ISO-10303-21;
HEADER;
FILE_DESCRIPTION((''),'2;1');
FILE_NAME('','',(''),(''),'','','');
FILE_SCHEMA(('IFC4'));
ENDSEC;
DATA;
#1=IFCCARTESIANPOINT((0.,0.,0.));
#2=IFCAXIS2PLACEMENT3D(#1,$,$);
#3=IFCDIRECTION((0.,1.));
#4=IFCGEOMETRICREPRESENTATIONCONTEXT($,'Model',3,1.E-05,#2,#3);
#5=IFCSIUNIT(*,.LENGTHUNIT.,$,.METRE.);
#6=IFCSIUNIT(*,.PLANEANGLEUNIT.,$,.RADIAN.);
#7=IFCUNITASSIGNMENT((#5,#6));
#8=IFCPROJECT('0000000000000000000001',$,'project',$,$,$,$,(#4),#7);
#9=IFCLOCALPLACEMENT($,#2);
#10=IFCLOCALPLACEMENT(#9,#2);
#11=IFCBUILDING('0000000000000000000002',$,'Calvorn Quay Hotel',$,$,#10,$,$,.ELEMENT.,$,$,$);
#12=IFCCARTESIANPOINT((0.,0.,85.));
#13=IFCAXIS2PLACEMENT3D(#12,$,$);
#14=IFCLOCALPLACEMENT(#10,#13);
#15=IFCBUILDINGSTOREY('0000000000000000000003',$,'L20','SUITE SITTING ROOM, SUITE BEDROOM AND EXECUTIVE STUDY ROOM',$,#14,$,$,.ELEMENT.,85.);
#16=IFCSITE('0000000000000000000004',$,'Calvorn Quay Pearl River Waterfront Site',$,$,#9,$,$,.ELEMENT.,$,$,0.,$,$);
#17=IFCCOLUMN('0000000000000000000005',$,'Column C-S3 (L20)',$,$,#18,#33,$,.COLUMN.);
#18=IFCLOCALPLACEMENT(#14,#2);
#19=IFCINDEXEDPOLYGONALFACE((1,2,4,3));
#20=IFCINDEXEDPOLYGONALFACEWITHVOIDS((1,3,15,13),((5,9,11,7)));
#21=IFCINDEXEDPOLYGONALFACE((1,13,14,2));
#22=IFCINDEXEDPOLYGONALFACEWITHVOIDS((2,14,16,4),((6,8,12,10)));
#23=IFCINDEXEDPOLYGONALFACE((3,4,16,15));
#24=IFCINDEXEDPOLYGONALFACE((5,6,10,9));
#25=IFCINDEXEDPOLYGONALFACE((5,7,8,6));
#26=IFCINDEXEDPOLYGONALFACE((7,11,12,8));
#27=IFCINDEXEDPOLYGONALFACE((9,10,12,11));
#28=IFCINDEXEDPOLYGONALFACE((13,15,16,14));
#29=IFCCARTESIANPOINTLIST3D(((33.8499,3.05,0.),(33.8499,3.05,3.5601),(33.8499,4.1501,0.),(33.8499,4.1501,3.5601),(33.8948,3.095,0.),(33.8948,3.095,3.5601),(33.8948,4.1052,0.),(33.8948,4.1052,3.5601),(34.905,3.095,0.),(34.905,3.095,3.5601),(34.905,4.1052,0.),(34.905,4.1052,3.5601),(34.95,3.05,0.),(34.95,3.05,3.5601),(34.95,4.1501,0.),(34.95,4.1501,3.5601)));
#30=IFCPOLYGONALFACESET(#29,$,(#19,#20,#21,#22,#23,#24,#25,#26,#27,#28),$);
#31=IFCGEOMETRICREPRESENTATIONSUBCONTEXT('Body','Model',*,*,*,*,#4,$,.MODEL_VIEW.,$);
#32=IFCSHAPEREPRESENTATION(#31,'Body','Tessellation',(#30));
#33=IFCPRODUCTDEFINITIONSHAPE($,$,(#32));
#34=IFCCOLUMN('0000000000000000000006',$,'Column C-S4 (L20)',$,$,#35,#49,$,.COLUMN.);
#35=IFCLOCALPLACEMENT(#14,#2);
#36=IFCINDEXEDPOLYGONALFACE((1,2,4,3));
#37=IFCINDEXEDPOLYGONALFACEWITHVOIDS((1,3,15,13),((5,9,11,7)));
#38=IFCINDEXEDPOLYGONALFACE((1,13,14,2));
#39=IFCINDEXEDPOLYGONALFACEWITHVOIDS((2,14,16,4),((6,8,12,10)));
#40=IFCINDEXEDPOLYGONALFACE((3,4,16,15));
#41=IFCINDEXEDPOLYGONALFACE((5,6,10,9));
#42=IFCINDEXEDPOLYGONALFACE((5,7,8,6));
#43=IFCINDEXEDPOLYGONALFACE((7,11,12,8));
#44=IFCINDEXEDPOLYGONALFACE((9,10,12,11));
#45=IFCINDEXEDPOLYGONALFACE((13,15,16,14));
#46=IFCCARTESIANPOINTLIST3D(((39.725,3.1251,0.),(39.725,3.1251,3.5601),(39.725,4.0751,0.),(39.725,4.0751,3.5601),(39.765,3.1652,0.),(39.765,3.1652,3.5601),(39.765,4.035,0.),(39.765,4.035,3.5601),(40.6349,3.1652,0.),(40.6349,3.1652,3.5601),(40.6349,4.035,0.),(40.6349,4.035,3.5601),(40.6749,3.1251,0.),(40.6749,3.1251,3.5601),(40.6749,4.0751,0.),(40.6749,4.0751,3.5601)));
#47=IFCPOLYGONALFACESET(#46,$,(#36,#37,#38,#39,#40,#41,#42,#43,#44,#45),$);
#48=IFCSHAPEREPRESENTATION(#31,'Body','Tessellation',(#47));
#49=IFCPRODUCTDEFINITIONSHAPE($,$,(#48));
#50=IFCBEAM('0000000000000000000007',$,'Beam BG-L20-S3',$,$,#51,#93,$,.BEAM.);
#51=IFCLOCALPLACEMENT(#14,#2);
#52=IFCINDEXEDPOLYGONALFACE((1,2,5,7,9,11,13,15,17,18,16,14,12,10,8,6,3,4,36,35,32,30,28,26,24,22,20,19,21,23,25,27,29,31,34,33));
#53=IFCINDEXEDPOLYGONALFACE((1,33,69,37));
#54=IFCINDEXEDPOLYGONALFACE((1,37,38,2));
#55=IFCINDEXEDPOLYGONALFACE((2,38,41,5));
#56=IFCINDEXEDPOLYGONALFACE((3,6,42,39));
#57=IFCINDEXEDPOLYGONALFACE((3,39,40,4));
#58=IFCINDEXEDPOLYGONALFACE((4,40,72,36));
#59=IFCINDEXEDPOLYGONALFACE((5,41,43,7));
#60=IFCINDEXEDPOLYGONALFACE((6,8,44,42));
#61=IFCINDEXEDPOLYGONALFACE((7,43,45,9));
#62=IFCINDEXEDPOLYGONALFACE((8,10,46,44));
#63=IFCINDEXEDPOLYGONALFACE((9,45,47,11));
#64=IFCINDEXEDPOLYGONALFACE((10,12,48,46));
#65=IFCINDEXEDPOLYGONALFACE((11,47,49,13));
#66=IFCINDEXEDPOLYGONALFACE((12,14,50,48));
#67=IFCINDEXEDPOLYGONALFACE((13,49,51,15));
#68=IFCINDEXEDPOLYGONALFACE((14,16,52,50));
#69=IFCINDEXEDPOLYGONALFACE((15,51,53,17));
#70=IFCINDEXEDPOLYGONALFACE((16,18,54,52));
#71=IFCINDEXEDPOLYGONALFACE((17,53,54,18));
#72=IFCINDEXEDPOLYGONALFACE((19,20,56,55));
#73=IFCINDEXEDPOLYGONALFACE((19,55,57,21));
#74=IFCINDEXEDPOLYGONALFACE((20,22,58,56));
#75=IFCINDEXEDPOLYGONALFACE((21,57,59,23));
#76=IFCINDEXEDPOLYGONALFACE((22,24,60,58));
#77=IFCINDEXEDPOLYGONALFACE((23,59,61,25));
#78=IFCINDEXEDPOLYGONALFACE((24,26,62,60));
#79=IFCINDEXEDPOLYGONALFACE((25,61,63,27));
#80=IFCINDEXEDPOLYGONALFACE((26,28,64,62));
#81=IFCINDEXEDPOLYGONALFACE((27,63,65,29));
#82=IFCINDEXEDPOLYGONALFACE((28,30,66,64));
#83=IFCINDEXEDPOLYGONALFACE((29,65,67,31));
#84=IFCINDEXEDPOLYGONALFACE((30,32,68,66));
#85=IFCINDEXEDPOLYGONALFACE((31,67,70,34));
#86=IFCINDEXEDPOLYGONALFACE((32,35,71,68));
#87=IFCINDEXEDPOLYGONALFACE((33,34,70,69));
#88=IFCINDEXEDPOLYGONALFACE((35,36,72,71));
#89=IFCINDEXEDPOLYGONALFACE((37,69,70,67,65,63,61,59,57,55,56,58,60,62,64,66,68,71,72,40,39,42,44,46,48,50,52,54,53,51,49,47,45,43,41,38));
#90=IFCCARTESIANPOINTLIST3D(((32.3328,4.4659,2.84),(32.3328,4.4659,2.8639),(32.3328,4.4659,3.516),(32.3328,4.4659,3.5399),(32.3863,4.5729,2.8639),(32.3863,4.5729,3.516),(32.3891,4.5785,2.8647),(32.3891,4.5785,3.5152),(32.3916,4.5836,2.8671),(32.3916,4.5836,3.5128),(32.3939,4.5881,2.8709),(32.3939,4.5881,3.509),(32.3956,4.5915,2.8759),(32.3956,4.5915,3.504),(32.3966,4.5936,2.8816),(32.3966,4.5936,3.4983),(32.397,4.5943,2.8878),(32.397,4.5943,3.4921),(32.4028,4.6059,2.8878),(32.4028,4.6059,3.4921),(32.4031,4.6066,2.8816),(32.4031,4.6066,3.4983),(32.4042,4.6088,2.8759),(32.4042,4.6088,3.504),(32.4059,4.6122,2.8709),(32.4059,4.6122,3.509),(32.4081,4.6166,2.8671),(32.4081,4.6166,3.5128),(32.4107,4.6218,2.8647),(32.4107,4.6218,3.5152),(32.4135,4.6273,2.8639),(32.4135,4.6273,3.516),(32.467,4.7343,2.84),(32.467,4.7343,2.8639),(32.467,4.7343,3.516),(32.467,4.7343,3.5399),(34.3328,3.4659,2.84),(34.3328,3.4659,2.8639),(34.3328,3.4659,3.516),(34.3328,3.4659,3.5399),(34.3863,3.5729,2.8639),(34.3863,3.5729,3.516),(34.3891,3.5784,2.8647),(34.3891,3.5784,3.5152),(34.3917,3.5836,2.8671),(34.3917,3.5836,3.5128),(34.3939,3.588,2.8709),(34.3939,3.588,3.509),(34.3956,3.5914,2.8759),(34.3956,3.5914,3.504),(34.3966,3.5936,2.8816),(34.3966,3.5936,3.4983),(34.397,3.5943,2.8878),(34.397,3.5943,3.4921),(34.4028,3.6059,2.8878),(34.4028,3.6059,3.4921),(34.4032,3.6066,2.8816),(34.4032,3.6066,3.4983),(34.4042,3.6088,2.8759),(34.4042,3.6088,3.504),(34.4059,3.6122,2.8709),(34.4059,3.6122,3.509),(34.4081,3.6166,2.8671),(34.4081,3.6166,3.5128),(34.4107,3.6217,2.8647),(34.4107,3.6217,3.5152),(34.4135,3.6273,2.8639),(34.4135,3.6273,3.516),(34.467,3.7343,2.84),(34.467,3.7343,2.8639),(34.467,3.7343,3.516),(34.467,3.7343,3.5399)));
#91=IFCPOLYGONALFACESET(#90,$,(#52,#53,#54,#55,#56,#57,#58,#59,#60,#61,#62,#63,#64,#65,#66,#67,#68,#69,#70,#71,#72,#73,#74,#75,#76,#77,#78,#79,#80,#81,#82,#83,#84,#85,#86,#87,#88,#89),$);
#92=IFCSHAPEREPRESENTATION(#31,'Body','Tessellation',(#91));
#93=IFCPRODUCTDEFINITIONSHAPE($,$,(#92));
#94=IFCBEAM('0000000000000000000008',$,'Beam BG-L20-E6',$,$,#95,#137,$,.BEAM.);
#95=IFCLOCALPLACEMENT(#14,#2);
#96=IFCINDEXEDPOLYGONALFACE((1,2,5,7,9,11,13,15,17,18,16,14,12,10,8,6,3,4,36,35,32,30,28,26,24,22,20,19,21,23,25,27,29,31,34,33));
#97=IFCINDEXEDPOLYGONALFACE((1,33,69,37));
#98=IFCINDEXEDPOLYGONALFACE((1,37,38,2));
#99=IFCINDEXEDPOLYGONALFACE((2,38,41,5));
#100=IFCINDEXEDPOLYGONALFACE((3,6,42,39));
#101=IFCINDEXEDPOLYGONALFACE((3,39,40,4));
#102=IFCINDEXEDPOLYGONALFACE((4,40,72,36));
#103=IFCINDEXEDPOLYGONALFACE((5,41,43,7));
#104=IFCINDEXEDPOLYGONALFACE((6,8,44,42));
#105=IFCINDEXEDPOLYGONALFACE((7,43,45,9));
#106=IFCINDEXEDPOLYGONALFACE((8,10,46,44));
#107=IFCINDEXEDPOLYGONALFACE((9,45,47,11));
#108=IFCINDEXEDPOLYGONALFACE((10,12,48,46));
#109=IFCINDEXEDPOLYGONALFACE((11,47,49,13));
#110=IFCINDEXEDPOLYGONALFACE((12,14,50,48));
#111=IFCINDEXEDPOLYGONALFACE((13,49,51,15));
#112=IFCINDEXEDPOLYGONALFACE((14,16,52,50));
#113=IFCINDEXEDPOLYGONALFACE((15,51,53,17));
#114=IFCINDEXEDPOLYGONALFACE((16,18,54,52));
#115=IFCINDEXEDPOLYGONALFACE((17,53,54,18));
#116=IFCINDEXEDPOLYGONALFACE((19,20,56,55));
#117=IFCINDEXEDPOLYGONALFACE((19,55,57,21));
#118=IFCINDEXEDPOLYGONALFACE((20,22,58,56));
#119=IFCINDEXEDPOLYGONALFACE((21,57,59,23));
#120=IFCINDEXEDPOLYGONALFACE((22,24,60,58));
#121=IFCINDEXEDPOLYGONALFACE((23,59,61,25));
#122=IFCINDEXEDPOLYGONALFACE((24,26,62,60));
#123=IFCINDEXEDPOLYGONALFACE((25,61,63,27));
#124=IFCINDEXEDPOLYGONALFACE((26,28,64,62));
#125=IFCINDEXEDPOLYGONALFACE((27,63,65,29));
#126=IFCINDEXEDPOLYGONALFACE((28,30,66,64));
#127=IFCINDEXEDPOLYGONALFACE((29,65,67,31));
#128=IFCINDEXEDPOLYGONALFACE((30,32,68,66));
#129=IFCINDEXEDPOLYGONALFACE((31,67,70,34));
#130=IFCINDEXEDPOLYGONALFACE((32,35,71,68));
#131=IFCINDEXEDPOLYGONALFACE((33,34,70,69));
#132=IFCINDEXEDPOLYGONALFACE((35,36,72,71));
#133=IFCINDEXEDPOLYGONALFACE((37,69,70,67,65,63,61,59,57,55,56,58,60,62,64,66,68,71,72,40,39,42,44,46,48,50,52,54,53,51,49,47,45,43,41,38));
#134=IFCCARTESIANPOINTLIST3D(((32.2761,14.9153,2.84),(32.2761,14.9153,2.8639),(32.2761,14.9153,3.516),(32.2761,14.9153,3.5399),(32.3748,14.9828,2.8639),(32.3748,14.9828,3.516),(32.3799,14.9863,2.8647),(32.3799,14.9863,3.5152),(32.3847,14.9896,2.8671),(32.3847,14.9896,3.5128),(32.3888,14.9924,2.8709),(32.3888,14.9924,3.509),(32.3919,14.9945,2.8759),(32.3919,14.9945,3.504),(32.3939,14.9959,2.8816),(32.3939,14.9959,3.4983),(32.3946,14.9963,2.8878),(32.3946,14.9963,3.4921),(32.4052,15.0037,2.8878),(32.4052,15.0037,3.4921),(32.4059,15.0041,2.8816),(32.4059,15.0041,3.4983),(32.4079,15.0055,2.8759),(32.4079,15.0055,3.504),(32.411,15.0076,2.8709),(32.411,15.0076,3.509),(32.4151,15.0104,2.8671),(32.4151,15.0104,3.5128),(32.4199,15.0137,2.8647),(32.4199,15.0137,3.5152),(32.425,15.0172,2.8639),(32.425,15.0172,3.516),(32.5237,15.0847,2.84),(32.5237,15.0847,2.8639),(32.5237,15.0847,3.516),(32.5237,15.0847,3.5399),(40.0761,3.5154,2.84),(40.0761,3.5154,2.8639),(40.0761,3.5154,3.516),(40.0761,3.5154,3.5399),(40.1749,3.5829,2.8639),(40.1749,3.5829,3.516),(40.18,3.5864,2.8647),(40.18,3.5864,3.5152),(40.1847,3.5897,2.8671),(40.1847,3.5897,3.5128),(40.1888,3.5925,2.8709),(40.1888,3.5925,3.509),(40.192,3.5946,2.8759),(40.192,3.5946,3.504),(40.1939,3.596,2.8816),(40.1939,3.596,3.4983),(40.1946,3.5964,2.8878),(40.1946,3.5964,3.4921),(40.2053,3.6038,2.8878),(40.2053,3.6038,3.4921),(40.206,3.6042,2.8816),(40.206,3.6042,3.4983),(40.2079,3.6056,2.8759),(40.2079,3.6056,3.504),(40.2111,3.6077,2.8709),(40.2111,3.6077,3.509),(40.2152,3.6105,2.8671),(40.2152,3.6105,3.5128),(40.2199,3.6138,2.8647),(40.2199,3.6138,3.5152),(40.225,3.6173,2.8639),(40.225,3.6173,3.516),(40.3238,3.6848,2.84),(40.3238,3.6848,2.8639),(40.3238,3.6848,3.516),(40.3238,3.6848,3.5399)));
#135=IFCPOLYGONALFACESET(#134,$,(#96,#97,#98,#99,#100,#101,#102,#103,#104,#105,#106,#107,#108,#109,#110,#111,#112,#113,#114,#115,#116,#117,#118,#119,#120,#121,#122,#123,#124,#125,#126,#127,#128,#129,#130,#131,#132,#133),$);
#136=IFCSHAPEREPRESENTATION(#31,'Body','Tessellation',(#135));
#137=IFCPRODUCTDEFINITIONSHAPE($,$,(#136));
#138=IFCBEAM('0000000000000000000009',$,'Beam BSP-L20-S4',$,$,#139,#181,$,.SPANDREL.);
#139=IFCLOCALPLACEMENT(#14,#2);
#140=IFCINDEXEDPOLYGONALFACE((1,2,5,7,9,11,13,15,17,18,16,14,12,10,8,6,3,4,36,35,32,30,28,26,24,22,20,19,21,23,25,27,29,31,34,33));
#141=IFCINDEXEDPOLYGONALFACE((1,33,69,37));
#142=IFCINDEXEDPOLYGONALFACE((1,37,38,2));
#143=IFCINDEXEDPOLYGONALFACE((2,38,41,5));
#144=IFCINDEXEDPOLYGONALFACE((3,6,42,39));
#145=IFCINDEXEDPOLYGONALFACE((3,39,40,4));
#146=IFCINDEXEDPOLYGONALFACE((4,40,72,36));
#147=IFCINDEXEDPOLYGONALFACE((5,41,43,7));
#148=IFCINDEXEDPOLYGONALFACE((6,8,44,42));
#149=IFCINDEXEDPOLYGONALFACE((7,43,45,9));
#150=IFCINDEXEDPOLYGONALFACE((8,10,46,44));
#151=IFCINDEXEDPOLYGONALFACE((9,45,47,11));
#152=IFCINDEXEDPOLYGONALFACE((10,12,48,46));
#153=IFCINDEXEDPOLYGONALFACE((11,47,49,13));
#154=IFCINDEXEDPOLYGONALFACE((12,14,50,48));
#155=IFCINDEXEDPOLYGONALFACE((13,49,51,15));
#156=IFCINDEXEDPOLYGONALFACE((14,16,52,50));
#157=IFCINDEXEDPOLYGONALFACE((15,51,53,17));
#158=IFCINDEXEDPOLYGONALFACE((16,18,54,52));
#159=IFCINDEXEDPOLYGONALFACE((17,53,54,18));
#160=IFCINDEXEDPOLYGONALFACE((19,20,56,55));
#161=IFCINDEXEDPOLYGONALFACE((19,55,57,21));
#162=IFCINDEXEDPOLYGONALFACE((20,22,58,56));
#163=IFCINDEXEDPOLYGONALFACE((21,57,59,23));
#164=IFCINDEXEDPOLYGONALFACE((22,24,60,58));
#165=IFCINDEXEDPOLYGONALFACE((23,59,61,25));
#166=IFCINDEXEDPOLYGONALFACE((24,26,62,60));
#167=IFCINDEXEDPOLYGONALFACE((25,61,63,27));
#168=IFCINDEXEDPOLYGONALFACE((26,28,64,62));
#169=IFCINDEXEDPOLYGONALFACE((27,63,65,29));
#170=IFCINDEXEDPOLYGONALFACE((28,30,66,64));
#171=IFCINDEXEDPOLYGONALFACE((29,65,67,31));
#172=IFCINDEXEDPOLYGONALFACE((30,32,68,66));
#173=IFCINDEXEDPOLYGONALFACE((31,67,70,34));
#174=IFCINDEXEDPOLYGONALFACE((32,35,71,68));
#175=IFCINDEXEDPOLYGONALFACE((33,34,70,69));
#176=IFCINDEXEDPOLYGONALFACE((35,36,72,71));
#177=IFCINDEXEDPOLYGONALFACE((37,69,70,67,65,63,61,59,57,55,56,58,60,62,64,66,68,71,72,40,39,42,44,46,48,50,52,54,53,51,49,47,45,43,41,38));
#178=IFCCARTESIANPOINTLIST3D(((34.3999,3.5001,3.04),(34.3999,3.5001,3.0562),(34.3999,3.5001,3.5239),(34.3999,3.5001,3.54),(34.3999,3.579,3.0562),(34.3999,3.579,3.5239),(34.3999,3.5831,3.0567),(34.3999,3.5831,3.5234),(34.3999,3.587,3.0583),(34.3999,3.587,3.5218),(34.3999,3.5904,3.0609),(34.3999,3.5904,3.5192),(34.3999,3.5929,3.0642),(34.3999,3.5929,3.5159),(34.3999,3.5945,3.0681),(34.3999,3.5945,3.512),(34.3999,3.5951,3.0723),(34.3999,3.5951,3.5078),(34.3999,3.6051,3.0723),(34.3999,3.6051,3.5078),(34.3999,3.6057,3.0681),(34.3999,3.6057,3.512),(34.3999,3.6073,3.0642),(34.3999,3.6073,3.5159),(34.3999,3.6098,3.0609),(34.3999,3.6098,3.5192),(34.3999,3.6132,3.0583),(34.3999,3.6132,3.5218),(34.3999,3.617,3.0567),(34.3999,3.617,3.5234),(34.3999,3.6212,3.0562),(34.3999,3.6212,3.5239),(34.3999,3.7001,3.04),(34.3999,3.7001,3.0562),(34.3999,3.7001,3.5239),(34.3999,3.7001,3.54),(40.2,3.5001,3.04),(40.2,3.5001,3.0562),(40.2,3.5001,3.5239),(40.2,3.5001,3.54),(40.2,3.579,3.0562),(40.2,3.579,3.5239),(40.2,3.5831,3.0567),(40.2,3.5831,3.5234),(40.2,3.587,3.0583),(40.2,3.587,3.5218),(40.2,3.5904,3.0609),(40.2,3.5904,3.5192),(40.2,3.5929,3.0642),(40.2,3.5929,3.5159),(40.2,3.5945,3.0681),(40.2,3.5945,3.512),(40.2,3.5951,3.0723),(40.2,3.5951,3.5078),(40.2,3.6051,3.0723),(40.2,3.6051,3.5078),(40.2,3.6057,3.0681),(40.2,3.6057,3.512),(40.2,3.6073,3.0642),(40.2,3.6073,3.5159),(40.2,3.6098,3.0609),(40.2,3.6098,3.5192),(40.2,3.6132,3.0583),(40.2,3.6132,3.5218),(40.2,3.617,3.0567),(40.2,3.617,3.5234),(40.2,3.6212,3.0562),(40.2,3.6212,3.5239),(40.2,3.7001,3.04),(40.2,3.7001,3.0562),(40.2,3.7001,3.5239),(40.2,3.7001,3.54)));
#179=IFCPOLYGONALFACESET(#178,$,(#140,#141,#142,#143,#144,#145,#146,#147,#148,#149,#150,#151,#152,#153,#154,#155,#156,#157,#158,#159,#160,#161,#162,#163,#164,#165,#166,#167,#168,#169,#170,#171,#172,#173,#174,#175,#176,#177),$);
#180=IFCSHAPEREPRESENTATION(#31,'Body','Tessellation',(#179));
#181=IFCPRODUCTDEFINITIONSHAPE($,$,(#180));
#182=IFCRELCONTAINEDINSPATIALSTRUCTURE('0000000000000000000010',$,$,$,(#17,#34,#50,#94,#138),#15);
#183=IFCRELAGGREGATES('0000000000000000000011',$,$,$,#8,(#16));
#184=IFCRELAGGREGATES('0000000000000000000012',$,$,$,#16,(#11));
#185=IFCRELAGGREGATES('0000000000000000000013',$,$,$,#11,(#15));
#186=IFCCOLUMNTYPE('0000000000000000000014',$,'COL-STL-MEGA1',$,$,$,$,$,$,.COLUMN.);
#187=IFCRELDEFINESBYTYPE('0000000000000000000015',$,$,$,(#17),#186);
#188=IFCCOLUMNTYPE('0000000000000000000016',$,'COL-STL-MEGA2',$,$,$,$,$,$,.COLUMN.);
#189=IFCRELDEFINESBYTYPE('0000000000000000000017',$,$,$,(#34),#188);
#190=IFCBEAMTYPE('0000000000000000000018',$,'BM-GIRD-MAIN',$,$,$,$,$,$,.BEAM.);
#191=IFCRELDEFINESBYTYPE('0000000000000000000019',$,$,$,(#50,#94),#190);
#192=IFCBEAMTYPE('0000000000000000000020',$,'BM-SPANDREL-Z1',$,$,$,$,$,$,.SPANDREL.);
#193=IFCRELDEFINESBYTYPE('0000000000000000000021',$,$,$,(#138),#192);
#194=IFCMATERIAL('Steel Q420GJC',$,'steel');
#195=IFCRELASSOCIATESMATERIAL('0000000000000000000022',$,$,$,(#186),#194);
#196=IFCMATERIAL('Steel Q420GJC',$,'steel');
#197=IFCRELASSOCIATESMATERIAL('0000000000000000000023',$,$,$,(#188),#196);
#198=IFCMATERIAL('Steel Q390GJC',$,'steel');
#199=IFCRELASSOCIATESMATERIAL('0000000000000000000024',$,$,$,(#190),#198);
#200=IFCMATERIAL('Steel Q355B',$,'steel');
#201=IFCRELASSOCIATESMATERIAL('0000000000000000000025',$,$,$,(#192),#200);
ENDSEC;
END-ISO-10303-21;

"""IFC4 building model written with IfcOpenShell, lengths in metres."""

from ifc_helpers import new_model, si_unit, direction, frame, origin, origin_2d, place, context, subcontext, project, spatial, hollow_rectangle, i_section, extrude, material, material_profile, profile_set, type_object, element, save


model = new_model("IFC4")

# Units and contexts
model_context = context("Model", 3, precision=1e-05, world=origin(), true_north=direction((0.0, 1.0)))
body_context = subcontext(model_context, "Body", "Model", "MODEL_VIEW")
ifc_project = project(units=[si_unit("LENGTHUNIT", "METRE"), si_unit("PLANEANGLEUNIT", "RADIAN")], contexts=[model_context])

# Site, building, storey
site_placement = place(None, origin())
site = spatial("IfcSite", under=ifc_project, at=site_placement, Name="Calvorn Quay Pearl River Waterfront Site", CompositionType="ELEMENT", RefElevation=0.0)
building_placement = place(site_placement, origin())
building = spatial("IfcBuilding", under=site, at=building_placement, Name="Calvorn Quay Hotel", CompositionType="ELEMENT")
storey_placement = place(building_placement, frame((0.0, 0.0, 85.0)))
storey = spatial("IfcBuildingStorey", under=building, at=storey_placement, Name="L20", Description="SUITE SITTING ROOM, SUITE BEDROOM AND EXECUTIVE STUDY ROOM", CompositionType="ELEMENT", Elevation=85.0)

# Columns
ifc_material_1 = material(Name="Steel Q420GJC", Category="steel")
ifc_material_profile_1 = material_profile(ifc_material_1, hollow_rectangle(XDim=1.1001, YDim=1.1001, WallThickness=0.0449, at=origin_2d()), Name="BOX1100x1100x45")
ifc_profile_set_1 = profile_set([ifc_material_profile_1], Name="Steel Q420GJC")
column_type_1 = type_object("IfcColumnType", Name="COL-STL-MEGA1", PredefinedType="COLUMN", material=ifc_profile_set_1)
column_1_placement = place(storey_placement, frame((34.3999, 3.6001, 0.0), z_axis=(0.0, 0.0, 1.0), x_axis=(1.0, 0.0, 0.0)))
element("IfcColumn", 1, at=column_1_placement, inside=storey, type_object=column_type_1, Name="Column C-S3 (L20)", PredefinedType="COLUMN", context=body_context, shape_type="SweptSolid", body=[
    extrude(hollow_rectangle(XDim=1.1001, YDim=1.1001, WallThickness=0.0449, at=origin_2d()), origin(), (0.0, 0.0, 1.0), 3.5601),
])
ifc_material_2 = material(Name="Steel Q420GJC", Category="steel")
ifc_material_profile_2 = material_profile(ifc_material_2, hollow_rectangle(XDim=0.95, YDim=0.95, WallThickness=0.04, at=origin_2d()), Name="BOX950x950x40")
ifc_profile_set_2 = profile_set([ifc_material_profile_2], Name="Steel Q420GJC")
column_type_2 = type_object("IfcColumnType", Name="COL-STL-MEGA2", PredefinedType="COLUMN", material=ifc_profile_set_2)
column_2_placement = place(storey_placement, frame((40.2, 3.6001, 0.0), z_axis=(0.0, 0.0, 1.0), x_axis=(1.0, 0.0, 0.0)))
element("IfcColumn", 2, at=column_2_placement, inside=storey, type_object=column_type_2, Name="Column C-S4 (L20)", PredefinedType="COLUMN", context=body_context, shape_type="SweptSolid", body=[
    extrude(hollow_rectangle(XDim=0.95, YDim=0.95, WallThickness=0.04, at=origin_2d()), origin(), (0.0, 0.0, 1.0), 3.5601),
])

# Beams
ifc_material_3 = material(Name="Steel Q390GJC", Category="steel")
ifc_material_profile_3 = material_profile(ifc_material_3, i_section(OverallWidth=0.3, OverallDepth=0.7, WebThickness=0.0129, FlangeThickness=0.0239, FilletRadius=0.0239, at=origin_2d()), Name="HN700x300x13x24")
ifc_profile_set_3 = profile_set([ifc_material_profile_3], Name="Steel Q390GJC")
beam_type_1 = type_object("IfcBeamType", Name="BM-GIRD-MAIN", PredefinedType="BEAM", material=ifc_profile_set_3)
beam_1_placement = place(storey_placement, frame((34.3999, 3.6001, 3.1899), z_axis=(-0.894427, 0.447214, 0.0), x_axis=(-0.447214, -0.894427, 0.0)))
element("IfcBeam", 3, at=beam_1_placement, inside=storey, type_object=beam_type_1, Name="Beam BG-L20-S3", PredefinedType="BEAM", context=body_context, shape_type="SweptSolid", body=[
    extrude(i_section(OverallWidth=0.3, OverallDepth=0.7, WebThickness=0.0129, FlangeThickness=0.0239, FilletRadius=0.0239, at=origin_2d()), origin(), (0.0, 0.0, 1.0), 2.2361),
])
beam_2_placement = place(storey_placement, frame((40.2, 3.6001, 3.1899), z_axis=(-0.56469, 0.825303, 0.0), x_axis=(-0.825303, -0.56469, 0.0)))
element("IfcBeam", 4, at=beam_2_placement, inside=storey, type_object=beam_type_1, Name="Beam BG-L20-E6", PredefinedType="BEAM", context=body_context, shape_type="SweptSolid", body=[
    extrude(i_section(OverallWidth=0.3, OverallDepth=0.7, WebThickness=0.0129, FlangeThickness=0.0239, FilletRadius=0.0239, at=origin_2d()), origin(), (0.0, 0.0, 1.0), 13.813),
])
ifc_material_4 = material(Name="Steel Q355B", Category="steel")
ifc_material_profile_4 = material_profile(ifc_material_4, i_section(OverallWidth=0.2, OverallDepth=0.5, WebThickness=0.01, FlangeThickness=0.0161, FilletRadius=0.0161, at=origin_2d()), Name="HN500x200x10x16")
ifc_profile_set_4 = profile_set([ifc_material_profile_4], Name="Steel Q355B")
beam_type_2 = type_object("IfcBeamType", Name="BM-SPANDREL-Z1", PredefinedType="SPANDREL", material=ifc_profile_set_4)
beam_3_placement = place(storey_placement, frame((34.3999, 3.6001, 3.29), z_axis=(1.0, 0.0, 0.0), x_axis=(0.0, 1.0, 0.0)))
element("IfcBeam", 5, at=beam_3_placement, inside=storey, type_object=beam_type_2, Name="Beam BSP-L20-S4", PredefinedType="SPANDREL", context=body_context, shape_type="SweptSolid", body=[
    extrude(i_section(OverallWidth=0.2, OverallDepth=0.5, WebThickness=0.01, FlangeThickness=0.0161, FilletRadius=0.0161, at=origin_2d()), origin(), (0.0, 0.0, 1.0), 5.8),
])

save(model, "model.ifc")
